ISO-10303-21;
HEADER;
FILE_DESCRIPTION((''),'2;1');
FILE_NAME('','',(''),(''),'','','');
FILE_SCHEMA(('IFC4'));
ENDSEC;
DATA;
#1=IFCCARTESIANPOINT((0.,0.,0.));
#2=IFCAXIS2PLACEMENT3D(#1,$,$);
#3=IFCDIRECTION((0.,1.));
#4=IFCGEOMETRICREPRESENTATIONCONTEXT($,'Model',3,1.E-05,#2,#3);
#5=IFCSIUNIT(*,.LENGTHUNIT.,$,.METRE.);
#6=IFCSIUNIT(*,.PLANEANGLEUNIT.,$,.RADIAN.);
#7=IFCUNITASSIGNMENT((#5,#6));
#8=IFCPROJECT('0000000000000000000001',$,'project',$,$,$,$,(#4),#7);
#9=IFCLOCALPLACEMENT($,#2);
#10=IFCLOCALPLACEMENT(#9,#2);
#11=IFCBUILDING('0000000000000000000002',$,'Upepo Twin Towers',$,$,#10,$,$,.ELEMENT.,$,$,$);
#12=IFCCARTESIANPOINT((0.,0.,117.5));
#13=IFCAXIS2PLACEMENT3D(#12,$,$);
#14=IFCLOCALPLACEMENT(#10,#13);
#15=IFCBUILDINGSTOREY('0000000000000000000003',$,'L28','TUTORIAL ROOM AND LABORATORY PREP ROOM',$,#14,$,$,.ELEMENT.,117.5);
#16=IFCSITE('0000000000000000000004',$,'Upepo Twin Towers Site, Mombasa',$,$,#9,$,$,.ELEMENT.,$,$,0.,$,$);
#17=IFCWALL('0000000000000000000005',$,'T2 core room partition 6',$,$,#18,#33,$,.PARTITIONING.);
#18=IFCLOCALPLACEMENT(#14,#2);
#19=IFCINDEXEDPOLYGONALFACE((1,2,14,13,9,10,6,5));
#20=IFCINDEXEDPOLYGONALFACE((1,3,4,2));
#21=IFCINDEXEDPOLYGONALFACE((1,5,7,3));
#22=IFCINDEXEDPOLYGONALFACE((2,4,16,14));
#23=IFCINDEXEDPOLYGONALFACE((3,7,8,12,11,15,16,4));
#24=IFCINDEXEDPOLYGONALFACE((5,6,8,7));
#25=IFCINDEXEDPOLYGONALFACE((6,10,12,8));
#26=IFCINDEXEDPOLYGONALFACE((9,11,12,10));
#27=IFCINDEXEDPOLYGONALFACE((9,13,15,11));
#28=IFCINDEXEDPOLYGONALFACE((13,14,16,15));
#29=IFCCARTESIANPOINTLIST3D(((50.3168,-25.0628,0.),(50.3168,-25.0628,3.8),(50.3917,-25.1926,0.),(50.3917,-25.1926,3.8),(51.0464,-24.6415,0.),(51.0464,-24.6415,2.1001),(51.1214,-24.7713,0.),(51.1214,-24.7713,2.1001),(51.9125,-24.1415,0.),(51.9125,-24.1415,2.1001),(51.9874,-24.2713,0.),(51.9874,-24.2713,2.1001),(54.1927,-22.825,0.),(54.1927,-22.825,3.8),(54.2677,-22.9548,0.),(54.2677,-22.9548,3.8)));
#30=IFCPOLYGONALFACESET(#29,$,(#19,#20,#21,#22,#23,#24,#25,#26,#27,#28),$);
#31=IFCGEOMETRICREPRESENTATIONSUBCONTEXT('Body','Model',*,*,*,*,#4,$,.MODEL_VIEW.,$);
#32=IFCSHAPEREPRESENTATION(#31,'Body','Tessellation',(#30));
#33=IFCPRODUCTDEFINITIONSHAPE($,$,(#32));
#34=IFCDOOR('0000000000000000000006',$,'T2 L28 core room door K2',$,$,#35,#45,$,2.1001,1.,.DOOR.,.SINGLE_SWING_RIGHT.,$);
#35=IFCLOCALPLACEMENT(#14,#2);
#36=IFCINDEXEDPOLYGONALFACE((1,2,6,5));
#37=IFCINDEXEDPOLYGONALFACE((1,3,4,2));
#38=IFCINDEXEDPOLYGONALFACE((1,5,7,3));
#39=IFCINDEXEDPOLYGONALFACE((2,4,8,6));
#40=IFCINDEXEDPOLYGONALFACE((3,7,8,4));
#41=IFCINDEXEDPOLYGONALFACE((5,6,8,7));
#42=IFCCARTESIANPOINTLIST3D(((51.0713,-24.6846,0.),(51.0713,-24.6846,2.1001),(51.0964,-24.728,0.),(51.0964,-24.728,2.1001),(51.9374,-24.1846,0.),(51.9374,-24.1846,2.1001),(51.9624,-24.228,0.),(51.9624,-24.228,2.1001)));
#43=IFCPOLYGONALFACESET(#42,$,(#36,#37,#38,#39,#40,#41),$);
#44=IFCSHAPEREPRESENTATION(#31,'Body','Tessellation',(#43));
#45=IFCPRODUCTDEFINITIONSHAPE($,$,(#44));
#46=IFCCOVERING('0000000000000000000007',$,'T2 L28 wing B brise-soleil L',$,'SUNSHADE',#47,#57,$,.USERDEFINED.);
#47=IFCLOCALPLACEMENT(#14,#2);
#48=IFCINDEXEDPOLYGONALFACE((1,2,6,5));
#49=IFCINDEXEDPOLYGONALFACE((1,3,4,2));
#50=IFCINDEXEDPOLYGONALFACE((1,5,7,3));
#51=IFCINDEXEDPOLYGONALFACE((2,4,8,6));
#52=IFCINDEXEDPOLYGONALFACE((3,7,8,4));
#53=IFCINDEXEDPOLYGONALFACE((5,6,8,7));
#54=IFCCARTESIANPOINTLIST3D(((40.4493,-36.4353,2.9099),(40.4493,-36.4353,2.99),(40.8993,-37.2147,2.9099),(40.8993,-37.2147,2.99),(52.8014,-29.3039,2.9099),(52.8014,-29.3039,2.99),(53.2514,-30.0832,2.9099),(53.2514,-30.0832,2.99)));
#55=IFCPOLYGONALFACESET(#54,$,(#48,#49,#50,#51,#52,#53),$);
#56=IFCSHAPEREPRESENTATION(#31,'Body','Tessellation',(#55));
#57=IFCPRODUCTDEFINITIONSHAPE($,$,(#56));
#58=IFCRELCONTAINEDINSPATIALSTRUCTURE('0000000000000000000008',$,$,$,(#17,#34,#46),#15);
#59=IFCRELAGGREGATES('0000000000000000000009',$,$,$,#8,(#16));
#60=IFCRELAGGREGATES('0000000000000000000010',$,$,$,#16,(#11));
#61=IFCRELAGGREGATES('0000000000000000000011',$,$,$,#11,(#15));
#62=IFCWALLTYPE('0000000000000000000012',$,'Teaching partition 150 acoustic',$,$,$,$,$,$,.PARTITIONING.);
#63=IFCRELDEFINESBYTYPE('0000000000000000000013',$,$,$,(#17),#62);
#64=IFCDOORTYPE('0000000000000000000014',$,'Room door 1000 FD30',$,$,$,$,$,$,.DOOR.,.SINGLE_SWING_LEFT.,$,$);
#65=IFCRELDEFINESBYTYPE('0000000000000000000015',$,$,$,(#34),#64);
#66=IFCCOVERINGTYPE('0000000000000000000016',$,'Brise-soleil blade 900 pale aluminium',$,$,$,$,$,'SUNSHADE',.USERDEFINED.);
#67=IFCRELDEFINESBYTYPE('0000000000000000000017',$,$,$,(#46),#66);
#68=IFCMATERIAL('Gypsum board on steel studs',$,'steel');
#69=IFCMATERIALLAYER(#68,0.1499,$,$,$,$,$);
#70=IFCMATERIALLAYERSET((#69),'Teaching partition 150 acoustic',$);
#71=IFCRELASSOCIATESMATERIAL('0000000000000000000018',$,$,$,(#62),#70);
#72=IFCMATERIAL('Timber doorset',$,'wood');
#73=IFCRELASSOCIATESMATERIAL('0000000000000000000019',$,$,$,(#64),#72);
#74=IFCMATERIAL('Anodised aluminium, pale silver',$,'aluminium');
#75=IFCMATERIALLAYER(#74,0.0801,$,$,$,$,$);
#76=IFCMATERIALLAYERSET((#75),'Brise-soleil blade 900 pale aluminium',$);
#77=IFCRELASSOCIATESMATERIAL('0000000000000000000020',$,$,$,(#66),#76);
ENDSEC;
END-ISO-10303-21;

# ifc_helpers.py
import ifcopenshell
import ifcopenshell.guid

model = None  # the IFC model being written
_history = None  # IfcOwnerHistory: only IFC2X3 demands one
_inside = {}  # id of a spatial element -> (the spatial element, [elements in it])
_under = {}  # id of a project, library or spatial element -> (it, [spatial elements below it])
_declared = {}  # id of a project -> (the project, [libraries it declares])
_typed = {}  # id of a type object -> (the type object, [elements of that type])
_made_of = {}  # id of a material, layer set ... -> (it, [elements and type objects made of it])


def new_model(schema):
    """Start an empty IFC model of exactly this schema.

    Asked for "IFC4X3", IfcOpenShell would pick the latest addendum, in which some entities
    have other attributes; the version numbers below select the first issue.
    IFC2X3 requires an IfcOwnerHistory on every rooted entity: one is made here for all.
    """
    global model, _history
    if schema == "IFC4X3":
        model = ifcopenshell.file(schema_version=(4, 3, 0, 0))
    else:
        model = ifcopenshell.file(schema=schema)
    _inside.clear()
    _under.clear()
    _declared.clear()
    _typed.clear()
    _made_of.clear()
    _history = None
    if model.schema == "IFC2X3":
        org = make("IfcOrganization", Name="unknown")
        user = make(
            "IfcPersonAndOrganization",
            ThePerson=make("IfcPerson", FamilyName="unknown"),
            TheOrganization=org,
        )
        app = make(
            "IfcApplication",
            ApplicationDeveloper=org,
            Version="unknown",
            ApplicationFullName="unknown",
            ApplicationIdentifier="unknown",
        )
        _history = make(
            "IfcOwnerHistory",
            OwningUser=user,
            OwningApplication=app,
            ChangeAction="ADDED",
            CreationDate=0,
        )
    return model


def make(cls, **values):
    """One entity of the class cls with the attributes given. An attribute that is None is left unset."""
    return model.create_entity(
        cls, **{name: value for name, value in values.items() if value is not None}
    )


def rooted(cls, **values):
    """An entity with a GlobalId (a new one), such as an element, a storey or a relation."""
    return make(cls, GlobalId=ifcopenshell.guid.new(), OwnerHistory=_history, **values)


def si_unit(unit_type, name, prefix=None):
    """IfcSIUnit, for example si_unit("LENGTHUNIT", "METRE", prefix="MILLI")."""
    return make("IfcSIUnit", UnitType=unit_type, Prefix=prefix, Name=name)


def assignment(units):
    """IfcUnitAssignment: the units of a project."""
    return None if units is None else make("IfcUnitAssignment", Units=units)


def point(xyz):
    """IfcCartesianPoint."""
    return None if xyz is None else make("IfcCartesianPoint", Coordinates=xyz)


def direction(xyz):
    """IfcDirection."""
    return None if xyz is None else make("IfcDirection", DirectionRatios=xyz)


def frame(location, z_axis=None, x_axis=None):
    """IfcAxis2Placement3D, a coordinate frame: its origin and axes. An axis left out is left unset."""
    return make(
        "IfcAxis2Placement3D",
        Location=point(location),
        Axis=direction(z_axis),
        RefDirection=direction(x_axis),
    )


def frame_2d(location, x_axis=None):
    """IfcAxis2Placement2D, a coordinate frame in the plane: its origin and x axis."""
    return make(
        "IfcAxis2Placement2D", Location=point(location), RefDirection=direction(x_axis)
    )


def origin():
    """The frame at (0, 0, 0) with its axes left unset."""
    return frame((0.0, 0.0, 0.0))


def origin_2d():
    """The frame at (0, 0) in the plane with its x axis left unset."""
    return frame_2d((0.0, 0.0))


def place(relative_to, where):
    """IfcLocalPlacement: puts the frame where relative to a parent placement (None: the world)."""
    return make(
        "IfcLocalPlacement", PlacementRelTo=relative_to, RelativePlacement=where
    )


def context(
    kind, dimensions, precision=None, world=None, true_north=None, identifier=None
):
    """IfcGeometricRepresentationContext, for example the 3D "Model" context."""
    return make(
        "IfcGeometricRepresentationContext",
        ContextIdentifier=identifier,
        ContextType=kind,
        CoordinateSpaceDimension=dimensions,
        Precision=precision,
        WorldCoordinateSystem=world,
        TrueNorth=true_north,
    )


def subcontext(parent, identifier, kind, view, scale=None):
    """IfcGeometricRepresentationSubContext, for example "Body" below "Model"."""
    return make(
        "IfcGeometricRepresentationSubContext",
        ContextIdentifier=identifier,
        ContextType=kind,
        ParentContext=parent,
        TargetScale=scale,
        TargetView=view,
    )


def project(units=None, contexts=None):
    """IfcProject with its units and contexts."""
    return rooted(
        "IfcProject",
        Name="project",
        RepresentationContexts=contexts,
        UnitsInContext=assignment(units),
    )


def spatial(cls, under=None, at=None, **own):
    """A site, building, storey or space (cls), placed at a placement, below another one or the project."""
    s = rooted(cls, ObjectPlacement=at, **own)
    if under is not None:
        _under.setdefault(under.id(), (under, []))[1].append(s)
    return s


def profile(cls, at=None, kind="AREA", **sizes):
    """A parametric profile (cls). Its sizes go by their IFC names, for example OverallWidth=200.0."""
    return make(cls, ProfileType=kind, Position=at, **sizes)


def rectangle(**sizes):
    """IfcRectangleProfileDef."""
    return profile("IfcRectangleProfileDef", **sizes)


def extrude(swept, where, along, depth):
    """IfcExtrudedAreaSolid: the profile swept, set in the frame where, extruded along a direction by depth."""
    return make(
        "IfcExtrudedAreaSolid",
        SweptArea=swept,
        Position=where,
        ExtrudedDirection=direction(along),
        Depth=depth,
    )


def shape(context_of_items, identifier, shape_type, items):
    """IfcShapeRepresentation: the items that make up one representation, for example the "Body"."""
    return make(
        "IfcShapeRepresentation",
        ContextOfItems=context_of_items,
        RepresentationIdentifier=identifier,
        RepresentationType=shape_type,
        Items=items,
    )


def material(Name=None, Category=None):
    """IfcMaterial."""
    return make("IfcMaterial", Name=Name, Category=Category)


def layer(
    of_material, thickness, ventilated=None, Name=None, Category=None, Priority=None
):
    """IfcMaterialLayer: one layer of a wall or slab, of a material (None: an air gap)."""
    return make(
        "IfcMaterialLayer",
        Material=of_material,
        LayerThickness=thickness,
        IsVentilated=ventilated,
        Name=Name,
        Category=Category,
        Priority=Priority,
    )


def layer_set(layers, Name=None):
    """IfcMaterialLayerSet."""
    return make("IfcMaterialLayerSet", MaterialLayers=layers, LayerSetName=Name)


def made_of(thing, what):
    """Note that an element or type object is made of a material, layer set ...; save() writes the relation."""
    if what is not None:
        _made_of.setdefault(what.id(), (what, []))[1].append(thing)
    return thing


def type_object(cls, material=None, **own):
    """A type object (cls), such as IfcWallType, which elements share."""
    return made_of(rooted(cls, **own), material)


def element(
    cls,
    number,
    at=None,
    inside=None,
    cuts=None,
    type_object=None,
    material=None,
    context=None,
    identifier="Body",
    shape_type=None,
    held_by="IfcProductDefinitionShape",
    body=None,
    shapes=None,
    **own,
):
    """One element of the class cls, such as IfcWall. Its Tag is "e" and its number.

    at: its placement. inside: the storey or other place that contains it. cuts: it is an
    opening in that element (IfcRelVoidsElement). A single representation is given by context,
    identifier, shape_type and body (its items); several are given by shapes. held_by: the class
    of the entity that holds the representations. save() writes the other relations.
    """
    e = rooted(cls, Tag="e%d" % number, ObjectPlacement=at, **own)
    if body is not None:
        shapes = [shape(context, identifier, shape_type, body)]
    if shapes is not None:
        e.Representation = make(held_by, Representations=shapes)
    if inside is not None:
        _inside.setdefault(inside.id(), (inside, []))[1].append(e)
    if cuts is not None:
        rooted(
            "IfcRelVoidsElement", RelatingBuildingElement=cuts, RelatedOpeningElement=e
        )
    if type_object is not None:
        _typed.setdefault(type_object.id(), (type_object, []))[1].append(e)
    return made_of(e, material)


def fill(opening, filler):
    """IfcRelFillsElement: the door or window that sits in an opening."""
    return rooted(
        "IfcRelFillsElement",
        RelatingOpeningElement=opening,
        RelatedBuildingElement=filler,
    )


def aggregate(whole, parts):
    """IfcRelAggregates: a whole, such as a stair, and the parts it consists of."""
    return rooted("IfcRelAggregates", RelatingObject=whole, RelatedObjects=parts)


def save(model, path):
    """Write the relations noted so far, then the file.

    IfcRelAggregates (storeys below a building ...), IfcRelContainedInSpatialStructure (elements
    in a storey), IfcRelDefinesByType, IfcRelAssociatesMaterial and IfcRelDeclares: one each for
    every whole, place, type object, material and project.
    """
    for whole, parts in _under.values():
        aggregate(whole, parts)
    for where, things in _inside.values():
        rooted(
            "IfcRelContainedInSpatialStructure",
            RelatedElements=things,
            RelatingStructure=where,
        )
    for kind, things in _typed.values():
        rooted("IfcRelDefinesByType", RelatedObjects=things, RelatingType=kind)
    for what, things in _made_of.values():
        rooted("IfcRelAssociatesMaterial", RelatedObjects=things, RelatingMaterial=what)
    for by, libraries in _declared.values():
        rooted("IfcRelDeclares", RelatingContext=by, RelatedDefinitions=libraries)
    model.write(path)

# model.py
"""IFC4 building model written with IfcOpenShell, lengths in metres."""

from ifc_helpers import new_model, si_unit, direction, frame, frame_2d, origin, origin_2d, place, context, subcontext, project, spatial, rectangle, extrude, material, layer, layer_set, type_object, element, fill, save


model = new_model("IFC4")

# Units and contexts
model_context = context("Model", 3, precision=1e-05, world=origin(), true_north=direction((0.0, 1.0)))
body_context = subcontext(model_context, "Body", "Model", "MODEL_VIEW")
ifc_project = project(units=[si_unit("LENGTHUNIT", "METRE"), si_unit("PLANEANGLEUNIT", "RADIAN")], contexts=[model_context])

# Site, building, storey
site_placement = place(None, origin())
site = spatial("IfcSite", under=ifc_project, at=site_placement, Name="Upepo Twin Towers Site, Mombasa", CompositionType="ELEMENT", RefElevation=0.0)
building_placement = place(site_placement, origin())
building = spatial("IfcBuilding", under=site, at=building_placement, Name="Upepo Twin Towers", CompositionType="ELEMENT")
storey_placement = place(building_placement, frame((0.0, 0.0, 117.5)))
storey = spatial("IfcBuildingStorey", under=building, at=storey_placement, Name="L28", Description="TUTORIAL ROOM AND LABORATORY PREP ROOM", CompositionType="ELEMENT", Elevation=117.5)

# Wall, opening, door
ifc_material_1 = material(Name="Gypsum board on steel studs", Category="steel")
ifc_layer_1 = layer(ifc_material_1, 0.1499)
ifc_layer_set_1 = layer_set([ifc_layer_1], Name="Teaching partition 150 acoustic")
wall_type_1 = type_object("IfcWallType", Name="Teaching partition 150 acoustic", PredefinedType="PARTITIONING", material=ifc_layer_set_1)
wall_1_placement = place(storey_placement, frame((54.2302, -22.8899, 0.0), z_axis=(0.0, 0.0, 1.0), x_axis=(-0.866026, -0.499999, 0.0)))
wall_1 = element("IfcWall", 1, at=wall_1_placement, inside=storey, type_object=wall_type_1, Name="T2 core room partition 6", PredefinedType="PARTITIONING", context=body_context, shape_type="SweptSolid", body=[
    extrude(rectangle(XDim=4.4756, YDim=0.1499, at=frame_2d((2.2378, 0.0))), origin(), (0.0, 0.0, 1.0), 3.8),
])
opening_1_placement = place(wall_1_placement, frame((2.6331, 0.0, 0.0)))
opening_1 = element("IfcOpeningElement", 2, at=opening_1_placement, cuts=wall_1, PredefinedType="OPENING", context=body_context, shape_type="SweptSolid", body=[
    extrude(rectangle(XDim=1.0, YDim=2.1001, at=frame_2d((0.5, 1.05))), frame((0.0, 0.085, 0.0), z_axis=(0.0, -1.0, 0.0), x_axis=(1.0, 0.0, 0.0)), (0.0, 0.0, 1.0), 0.1699),
])
ifc_material_2 = material(Name="Timber doorset", Category="wood")
door_type_1 = type_object("IfcDoorType", Name="Room door 1000 FD30", OperationType="SINGLE_SWING_LEFT", PredefinedType="DOOR", material=ifc_material_2)
door_1_placement = place(opening_1_placement, origin())
door_1 = element("IfcDoor", 3, at=door_1_placement, inside=storey, type_object=door_type_1, Name="T2 L28 core room door K2", OperationType="SINGLE_SWING_RIGHT", OverallHeight=2.1001, OverallWidth=1.0, PredefinedType="DOOR", context=body_context, shape_type="SweptSolid", body=[
    extrude(rectangle(XDim=1.0, YDim=2.1001, at=frame_2d((0.5, 1.05))), frame((0.0, 0.0249, 0.0), z_axis=(0.0, -1.0, 0.0), x_axis=(1.0, 0.0, 0.0)), (0.0, 0.0, 1.0), 0.05),
])
fill(opening_1, door_1)

# Covering
ifc_material_3 = material(Name="Anodised aluminium, pale silver", Category="aluminium")
ifc_layer_2 = layer(ifc_material_3, 0.0801)
ifc_layer_set_2 = layer_set([ifc_layer_2], Name="Brise-soleil blade 900 pale aluminium")
covering_type = type_object("IfcCoveringType", Name="Brise-soleil blade 900 pale aluminium", ElementType="SUNSHADE", PredefinedType="USERDEFINED", material=ifc_layer_set_2)
covering_placement = place(storey_placement, frame((46.8503, -33.2593, 2.9099), z_axis=(0.0, 0.0, 1.0), x_axis=(-0.866025, -0.5, 0.0)))
element("IfcCovering", 4, at=covering_placement, inside=storey, type_object=covering_type, Name="T2 L28 wing B brise-soleil L", ObjectType="SUNSHADE", PredefinedType="USERDEFINED", context=body_context, shape_type="SweptSolid", body=[
    extrude(rectangle(XDim=14.2629, YDim=0.8999, at=origin_2d()), origin(), (0.0, 0.0, 1.0), 0.0801),
])

save(model, "model.ifc")
